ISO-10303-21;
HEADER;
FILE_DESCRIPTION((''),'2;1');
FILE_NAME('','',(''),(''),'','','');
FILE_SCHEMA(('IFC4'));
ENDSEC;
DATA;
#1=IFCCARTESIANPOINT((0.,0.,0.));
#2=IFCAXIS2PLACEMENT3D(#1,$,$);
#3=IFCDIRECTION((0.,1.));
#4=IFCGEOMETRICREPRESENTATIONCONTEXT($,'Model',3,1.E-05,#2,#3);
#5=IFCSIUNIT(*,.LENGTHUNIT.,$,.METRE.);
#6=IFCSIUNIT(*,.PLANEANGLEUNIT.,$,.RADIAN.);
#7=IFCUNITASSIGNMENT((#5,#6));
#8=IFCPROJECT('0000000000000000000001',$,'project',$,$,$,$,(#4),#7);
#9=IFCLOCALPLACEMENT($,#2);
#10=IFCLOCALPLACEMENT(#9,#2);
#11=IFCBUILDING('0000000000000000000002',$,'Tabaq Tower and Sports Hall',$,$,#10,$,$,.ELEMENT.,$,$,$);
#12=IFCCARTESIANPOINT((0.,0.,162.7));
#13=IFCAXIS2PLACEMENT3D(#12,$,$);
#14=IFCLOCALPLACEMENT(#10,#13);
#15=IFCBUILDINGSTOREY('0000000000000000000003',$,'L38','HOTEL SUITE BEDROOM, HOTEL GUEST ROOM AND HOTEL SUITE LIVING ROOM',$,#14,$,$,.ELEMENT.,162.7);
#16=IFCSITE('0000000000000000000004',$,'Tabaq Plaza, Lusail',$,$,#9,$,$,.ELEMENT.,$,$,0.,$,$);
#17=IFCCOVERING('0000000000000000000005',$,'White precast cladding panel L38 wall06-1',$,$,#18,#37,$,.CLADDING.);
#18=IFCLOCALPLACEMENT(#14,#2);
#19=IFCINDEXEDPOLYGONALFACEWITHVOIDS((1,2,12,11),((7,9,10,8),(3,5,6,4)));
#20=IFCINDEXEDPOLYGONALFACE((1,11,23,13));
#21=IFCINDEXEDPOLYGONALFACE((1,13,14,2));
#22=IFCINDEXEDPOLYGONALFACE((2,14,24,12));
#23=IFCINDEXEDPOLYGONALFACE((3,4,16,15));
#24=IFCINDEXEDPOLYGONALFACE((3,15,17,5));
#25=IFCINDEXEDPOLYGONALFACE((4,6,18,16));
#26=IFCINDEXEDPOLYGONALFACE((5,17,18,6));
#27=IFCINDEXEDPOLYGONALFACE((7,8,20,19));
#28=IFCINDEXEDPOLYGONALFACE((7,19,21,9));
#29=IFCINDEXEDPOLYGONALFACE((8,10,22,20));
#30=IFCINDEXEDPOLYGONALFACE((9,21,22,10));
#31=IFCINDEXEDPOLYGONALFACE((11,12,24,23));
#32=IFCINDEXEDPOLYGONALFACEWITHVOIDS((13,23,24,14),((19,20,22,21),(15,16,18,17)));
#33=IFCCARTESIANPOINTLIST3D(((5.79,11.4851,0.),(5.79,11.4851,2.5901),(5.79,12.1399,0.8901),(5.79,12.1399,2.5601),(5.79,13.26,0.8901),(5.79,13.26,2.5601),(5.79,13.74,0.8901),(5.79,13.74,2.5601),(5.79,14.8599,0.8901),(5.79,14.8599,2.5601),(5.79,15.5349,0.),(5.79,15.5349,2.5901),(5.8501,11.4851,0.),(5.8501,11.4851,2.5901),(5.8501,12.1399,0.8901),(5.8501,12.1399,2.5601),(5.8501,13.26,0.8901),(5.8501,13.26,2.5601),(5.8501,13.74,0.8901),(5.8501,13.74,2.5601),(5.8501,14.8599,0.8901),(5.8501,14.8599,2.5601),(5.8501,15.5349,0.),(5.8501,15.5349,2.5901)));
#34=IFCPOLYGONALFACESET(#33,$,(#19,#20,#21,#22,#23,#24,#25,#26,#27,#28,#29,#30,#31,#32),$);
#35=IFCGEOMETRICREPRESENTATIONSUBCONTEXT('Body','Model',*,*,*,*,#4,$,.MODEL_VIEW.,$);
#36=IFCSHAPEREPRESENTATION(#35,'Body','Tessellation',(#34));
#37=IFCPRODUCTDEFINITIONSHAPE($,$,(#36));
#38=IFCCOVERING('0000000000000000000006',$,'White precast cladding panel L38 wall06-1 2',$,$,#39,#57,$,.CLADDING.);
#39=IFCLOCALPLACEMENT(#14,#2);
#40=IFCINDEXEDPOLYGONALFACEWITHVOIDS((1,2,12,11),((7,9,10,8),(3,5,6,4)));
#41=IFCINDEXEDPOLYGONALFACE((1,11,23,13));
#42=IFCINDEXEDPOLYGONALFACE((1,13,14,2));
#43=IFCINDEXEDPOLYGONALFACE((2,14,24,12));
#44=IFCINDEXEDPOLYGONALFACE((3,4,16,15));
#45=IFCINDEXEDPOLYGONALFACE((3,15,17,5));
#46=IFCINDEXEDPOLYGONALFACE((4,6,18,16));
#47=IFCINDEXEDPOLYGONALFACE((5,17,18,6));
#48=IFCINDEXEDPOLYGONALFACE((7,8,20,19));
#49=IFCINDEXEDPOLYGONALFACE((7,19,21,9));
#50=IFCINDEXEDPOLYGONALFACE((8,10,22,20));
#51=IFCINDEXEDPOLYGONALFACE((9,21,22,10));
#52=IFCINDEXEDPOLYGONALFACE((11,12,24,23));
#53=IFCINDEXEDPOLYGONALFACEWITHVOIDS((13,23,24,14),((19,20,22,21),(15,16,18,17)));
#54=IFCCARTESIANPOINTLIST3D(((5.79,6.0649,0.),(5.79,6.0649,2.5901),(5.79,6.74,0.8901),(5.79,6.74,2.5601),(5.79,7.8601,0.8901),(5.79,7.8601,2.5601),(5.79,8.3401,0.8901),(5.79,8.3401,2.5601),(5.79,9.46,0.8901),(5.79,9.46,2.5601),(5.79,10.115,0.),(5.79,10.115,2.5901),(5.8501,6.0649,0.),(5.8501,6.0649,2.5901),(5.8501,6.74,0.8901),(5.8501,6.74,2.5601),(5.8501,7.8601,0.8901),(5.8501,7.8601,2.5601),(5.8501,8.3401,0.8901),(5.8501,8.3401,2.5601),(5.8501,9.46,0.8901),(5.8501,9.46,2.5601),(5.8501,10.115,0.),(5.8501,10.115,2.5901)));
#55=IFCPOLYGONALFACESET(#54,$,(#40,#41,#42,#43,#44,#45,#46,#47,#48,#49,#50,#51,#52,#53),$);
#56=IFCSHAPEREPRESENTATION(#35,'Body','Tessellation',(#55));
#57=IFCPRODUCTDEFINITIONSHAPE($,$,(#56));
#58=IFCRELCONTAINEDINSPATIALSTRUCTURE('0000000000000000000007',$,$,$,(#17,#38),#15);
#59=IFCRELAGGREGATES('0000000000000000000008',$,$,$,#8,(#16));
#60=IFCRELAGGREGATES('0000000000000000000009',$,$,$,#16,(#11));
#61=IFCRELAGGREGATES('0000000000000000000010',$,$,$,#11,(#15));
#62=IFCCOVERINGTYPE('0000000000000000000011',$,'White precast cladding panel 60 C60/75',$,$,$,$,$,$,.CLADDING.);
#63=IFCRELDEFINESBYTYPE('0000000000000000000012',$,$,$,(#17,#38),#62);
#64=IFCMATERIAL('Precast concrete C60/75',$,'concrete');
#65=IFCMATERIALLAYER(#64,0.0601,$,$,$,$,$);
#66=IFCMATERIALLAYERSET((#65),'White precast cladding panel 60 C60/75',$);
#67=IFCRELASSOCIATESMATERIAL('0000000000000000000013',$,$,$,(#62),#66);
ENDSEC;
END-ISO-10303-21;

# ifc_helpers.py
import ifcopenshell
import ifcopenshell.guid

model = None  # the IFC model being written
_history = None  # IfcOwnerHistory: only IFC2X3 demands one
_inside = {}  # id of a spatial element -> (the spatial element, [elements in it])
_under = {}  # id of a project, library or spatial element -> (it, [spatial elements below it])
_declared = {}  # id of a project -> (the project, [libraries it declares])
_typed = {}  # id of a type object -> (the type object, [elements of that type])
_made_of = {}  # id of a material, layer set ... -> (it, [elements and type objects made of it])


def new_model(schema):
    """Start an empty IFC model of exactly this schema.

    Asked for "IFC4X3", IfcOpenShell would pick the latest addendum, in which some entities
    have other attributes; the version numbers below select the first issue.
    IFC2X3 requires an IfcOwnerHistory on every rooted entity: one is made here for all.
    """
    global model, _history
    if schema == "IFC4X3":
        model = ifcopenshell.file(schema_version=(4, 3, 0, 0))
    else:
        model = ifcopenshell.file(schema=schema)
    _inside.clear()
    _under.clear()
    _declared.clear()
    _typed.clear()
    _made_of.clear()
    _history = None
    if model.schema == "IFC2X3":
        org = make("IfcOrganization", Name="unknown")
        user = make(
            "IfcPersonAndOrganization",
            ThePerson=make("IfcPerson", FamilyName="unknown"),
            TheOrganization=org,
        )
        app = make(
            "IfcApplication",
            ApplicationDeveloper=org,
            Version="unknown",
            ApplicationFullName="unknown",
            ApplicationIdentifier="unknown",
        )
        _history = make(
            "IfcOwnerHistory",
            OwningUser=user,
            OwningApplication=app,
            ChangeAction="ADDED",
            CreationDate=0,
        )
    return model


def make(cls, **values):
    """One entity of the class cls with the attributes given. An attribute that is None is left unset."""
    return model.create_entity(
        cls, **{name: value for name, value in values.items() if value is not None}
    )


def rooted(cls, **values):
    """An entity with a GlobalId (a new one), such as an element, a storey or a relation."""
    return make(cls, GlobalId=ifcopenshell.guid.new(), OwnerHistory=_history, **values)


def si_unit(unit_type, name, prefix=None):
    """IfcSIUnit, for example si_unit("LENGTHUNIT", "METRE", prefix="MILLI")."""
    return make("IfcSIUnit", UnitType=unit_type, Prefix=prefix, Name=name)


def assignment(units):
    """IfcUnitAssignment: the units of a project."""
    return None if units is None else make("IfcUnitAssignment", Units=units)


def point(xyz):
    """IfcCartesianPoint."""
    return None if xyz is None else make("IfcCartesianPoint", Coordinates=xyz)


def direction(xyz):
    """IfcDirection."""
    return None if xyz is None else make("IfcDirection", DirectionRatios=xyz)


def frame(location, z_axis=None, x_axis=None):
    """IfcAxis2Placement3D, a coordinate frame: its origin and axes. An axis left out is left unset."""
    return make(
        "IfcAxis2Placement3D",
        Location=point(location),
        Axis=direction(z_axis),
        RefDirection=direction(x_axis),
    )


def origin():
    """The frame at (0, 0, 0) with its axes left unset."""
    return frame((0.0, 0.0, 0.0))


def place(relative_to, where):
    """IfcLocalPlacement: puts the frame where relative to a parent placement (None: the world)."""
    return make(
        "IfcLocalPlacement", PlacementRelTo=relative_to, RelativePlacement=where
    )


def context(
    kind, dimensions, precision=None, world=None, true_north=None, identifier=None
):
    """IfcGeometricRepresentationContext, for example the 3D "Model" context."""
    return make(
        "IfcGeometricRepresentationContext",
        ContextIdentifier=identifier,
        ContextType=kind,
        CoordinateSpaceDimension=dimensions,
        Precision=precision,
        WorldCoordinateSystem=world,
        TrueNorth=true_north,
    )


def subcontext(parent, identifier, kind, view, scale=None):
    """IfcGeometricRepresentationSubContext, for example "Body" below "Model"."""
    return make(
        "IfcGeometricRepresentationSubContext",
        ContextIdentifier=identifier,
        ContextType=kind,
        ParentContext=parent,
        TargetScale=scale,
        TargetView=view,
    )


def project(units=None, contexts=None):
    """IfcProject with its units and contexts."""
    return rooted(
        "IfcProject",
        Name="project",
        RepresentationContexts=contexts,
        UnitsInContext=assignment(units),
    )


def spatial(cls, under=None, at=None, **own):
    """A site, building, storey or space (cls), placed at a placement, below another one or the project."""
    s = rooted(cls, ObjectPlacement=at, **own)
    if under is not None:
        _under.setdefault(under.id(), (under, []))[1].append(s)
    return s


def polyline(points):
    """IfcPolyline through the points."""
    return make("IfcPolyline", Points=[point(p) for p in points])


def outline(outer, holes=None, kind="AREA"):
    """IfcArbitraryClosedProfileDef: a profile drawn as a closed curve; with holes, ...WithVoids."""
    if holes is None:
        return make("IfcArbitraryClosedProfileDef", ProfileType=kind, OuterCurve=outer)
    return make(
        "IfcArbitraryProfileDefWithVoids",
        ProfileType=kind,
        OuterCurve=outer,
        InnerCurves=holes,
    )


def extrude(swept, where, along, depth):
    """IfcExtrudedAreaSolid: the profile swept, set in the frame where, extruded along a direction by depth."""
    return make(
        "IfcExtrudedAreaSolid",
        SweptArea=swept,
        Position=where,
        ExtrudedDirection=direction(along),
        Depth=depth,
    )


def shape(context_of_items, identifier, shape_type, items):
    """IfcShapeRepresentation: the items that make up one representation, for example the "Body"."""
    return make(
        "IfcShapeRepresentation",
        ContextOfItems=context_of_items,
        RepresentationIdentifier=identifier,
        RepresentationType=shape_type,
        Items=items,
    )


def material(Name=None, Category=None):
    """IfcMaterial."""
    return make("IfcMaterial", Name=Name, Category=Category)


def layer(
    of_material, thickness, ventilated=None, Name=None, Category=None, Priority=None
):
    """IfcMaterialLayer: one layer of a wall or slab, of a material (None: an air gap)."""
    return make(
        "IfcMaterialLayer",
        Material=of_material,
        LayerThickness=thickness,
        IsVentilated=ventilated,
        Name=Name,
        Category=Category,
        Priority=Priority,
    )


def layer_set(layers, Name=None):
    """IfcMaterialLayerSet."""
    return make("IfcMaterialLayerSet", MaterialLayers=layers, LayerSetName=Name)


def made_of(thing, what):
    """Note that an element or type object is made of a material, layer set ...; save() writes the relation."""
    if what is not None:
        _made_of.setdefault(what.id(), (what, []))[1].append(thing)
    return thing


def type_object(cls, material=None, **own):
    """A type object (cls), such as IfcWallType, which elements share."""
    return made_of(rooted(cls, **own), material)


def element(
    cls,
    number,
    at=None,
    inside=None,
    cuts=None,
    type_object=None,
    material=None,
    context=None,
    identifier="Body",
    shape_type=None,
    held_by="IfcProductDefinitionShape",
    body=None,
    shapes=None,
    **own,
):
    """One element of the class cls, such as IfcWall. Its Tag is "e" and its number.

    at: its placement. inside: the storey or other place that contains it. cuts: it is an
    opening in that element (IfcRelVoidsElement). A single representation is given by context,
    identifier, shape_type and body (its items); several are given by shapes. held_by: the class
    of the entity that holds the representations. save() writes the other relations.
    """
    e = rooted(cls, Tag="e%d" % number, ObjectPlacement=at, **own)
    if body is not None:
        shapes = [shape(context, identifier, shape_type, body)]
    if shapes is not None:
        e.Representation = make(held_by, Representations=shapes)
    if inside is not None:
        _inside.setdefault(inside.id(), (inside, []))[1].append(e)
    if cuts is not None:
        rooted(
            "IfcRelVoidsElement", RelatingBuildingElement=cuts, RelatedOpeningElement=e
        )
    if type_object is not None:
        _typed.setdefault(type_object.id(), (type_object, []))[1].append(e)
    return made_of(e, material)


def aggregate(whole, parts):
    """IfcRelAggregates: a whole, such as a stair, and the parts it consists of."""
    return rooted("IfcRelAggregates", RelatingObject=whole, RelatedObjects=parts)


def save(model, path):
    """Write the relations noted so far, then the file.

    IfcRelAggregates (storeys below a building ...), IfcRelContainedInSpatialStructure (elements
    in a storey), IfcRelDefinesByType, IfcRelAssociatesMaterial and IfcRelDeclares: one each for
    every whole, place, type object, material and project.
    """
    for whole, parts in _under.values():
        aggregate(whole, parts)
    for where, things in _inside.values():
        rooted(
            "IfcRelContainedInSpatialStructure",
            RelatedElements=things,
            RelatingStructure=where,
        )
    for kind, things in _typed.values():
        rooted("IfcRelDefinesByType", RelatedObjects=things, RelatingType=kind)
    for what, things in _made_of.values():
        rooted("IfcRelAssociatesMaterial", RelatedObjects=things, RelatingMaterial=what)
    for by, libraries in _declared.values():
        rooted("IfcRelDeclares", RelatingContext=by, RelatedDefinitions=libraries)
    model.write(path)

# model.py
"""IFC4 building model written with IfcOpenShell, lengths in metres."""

from ifc_helpers import new_model, si_unit, direction, frame, origin, place, context, subcontext, project, spatial, polyline, outline, extrude, material, layer, layer_set, type_object, element, save


model = new_model("IFC4")

# Units and contexts
model_context = context("Model", 3, precision=1e-05, world=origin(), true_north=direction((0.0, 1.0)))
body_context = subcontext(model_context, "Body", "Model", "MODEL_VIEW")
ifc_project = project(units=[si_unit("LENGTHUNIT", "METRE"), si_unit("PLANEANGLEUNIT", "RADIAN")], contexts=[model_context])

# Site, building, storey
site_placement = place(None, origin())
site = spatial("IfcSite", under=ifc_project, at=site_placement, Name="Tabaq Plaza, Lusail", CompositionType="ELEMENT", RefElevation=0.0)
building_placement = place(site_placement, origin())
building = spatial("IfcBuilding", under=site, at=building_placement, Name="Tabaq Tower and Sports Hall", CompositionType="ELEMENT")
storey_placement = place(building_placement, frame((0.0, 0.0, 162.7)))
storey = spatial("IfcBuildingStorey", under=building, at=storey_placement, Name="L38", Description="HOTEL SUITE BEDROOM, HOTEL GUEST ROOM AND HOTEL SUITE LIVING ROOM", CompositionType="ELEMENT", Elevation=162.7)

# Coverings
ifc_material_1 = material(Name="Precast concrete C60/75", Category="concrete")
ifc_layer_1 = layer(ifc_material_1, 0.0601)
ifc_layer_set_1 = layer_set([ifc_layer_1], Name="White precast cladding panel 60 C60/75")
covering_type = type_object("IfcCoveringType", Name="White precast cladding panel 60 C60/75", PredefinedType="CLADDING", material=ifc_layer_set_1)
covering_1_placement = place(storey_placement, frame((5.8201, 15.5349, 0.0), z_axis=(0.0, 0.0, 1.0), x_axis=(0.0, -1.0, 0.0)))
element("IfcCovering", 1, at=covering_1_placement, inside=storey, type_object=covering_type, Name="White precast cladding panel L38 wall06-1", PredefinedType="CLADDING", context=body_context, shape_type="SweptSolid", body=[
    extrude(outline(polyline([(0.0, 0.0), (4.0498, 0.0), (4.0498, 2.5901), (0.0, 2.5901), (0.0, 0.0)]), holes=[polyline([(0.675, 0.8901), (0.675, 2.5601), (1.7949, 2.5601), (1.7949, 0.8901), (0.675, 0.8901)]), polyline([(2.2749, 0.8901), (2.2749, 2.5601), (3.395, 2.5601), (3.395, 0.8901), (2.2749, 0.8901)])]), frame((0.0, 0.03, 0.0), z_axis=(0.0, -1.0, 0.0), x_axis=(1.0, 0.0, 0.0)), (0.0, 0.0, 1.0), 0.0601),
])
covering_2_placement = place(storey_placement, frame((5.8201, 10.115, 0.0), z_axis=(0.0, 0.0, 1.0), x_axis=(0.0, -1.0, 0.0)))
element("IfcCovering", 2, at=covering_2_placement, inside=storey, type_object=covering_type, Name="White precast cladding panel L38 wall06-1 2", PredefinedType="CLADDING", context=body_context, shape_type="SweptSolid", body=[
    extrude(outline(polyline([(0.0, 0.0), (4.05, 0.0), (4.05, 2.5901), (0.0, 2.5901), (0.0, 0.0)]), holes=[polyline([(0.655, 0.8901), (0.655, 2.5601), (1.7749, 2.5601), (1.7749, 0.8901), (0.655, 0.8901)]), polyline([(2.2549, 0.8901), (2.2549, 2.5601), (3.375, 2.5601), (3.375, 0.8901), (2.2549, 0.8901)])]), frame((0.0, 0.03, 0.0), z_axis=(0.0, -1.0, 0.0), x_axis=(1.0, 0.0, 0.0)), (0.0, 0.0, 1.0), 0.0601),
])

save(model, "model.ifc")
